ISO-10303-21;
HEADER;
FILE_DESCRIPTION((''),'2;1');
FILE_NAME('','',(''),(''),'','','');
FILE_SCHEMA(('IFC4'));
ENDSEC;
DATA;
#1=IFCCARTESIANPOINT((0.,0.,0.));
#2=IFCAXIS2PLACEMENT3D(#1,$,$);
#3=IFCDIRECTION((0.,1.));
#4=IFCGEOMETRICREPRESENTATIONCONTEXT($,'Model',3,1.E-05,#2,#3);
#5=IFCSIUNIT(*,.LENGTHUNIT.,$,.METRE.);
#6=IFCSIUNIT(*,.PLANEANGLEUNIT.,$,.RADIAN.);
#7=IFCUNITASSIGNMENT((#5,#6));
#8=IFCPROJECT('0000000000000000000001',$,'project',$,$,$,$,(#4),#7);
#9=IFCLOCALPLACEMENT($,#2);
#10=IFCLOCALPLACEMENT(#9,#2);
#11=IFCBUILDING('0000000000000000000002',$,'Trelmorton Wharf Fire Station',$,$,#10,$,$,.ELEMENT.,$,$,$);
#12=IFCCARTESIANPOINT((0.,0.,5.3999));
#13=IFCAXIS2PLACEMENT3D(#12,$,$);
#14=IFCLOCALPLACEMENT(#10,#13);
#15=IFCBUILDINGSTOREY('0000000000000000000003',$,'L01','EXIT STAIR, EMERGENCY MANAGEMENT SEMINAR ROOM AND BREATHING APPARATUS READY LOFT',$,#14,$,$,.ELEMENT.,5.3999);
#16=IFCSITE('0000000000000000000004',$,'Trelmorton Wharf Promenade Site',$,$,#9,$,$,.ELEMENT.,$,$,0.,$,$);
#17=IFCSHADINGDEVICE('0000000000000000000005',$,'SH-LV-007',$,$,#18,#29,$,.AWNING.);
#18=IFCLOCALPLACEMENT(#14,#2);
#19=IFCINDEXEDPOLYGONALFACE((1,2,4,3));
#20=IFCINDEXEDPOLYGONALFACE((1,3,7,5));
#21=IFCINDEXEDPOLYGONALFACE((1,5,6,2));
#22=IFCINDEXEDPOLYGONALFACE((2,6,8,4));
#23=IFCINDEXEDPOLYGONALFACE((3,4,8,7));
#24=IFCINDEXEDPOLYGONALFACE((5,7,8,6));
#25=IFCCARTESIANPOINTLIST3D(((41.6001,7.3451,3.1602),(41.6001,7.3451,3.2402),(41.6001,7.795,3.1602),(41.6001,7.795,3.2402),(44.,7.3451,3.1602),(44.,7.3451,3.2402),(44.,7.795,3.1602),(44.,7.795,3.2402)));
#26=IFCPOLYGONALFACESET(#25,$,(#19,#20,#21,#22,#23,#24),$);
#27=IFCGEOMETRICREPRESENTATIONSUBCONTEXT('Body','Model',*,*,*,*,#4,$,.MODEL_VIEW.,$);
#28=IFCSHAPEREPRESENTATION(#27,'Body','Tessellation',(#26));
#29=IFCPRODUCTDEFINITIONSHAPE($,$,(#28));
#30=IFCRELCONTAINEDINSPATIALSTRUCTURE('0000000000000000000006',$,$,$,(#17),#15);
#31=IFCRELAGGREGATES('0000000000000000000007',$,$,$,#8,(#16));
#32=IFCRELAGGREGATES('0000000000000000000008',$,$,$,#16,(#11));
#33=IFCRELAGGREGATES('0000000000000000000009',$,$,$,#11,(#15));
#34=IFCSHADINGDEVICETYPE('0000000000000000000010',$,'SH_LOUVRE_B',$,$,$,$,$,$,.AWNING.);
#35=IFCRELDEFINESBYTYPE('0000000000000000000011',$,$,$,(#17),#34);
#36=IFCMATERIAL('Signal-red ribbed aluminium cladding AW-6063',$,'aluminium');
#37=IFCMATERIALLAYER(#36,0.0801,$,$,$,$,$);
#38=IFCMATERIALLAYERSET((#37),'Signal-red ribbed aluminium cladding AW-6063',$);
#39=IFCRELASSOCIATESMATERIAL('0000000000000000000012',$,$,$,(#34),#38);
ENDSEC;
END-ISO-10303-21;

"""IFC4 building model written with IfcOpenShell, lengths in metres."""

from ifc_helpers import new_model, si_unit, direction, frame, origin, origin_2d, place, context, subcontext, project, spatial, rectangle, extrude, material, layer, layer_set, type_object, element, save


model = new_model("IFC4")

# Units and contexts
model_context = context("Model", 3, precision=1e-05, world=origin(), true_north=direction((0.0, 1.0)))
body_context = subcontext(model_context, "Body", "Model", "MODEL_VIEW")
ifc_project = project(units=[si_unit("LENGTHUNIT", "METRE"), si_unit("PLANEANGLEUNIT", "RADIAN")], contexts=[model_context])

# Site, building, storey
site_placement = place(None, origin())
site = spatial("IfcSite", under=ifc_project, at=site_placement, Name="Trelmorton Wharf Promenade Site", CompositionType="ELEMENT", RefElevation=0.0)
building_placement = place(site_placement, origin())
building = spatial("IfcBuilding", under=site, at=building_placement, Name="Trelmorton Wharf Fire Station", CompositionType="ELEMENT")
storey_placement = place(building_placement, frame((0.0, 0.0, 5.3999)))
storey = spatial("IfcBuildingStorey", under=building, at=storey_placement, Name="L01", Description="EXIT STAIR, EMERGENCY MANAGEMENT SEMINAR ROOM AND BREATHING APPARATUS READY LOFT", CompositionType="ELEMENT", Elevation=5.3999)

# Shading device
ifc_material_1 = material(Name="Signal-red ribbed aluminium cladding AW-6063", Category="aluminium")
ifc_layer_1 = layer(ifc_material_1, 0.0801)
ifc_layer_set_1 = layer_set([ifc_layer_1], Name="Signal-red ribbed aluminium cladding AW-6063")
shading_device_type = type_object("IfcShadingDeviceType", Name="SH_LOUVRE_B", PredefinedType="AWNING", material=ifc_layer_set_1)
shading_device_placement = place(storey_placement, frame((42.8, 7.5701, 3.1602), z_axis=(0.0, 0.0, 1.0), x_axis=(-1.0, 0.0, 0.0)))
element("IfcShadingDevice", 1, at=shading_device_placement, inside=storey, type_object=shading_device_type, Name="SH-LV-007", PredefinedType="AWNING", context=body_context, shape_type="SweptSolid", body=[
    extrude(rectangle(XDim=2.3999, YDim=0.45, at=origin_2d()), origin(), (0.0, 0.0, 1.0), 0.0801),
])

save(model, "model.ifc")
